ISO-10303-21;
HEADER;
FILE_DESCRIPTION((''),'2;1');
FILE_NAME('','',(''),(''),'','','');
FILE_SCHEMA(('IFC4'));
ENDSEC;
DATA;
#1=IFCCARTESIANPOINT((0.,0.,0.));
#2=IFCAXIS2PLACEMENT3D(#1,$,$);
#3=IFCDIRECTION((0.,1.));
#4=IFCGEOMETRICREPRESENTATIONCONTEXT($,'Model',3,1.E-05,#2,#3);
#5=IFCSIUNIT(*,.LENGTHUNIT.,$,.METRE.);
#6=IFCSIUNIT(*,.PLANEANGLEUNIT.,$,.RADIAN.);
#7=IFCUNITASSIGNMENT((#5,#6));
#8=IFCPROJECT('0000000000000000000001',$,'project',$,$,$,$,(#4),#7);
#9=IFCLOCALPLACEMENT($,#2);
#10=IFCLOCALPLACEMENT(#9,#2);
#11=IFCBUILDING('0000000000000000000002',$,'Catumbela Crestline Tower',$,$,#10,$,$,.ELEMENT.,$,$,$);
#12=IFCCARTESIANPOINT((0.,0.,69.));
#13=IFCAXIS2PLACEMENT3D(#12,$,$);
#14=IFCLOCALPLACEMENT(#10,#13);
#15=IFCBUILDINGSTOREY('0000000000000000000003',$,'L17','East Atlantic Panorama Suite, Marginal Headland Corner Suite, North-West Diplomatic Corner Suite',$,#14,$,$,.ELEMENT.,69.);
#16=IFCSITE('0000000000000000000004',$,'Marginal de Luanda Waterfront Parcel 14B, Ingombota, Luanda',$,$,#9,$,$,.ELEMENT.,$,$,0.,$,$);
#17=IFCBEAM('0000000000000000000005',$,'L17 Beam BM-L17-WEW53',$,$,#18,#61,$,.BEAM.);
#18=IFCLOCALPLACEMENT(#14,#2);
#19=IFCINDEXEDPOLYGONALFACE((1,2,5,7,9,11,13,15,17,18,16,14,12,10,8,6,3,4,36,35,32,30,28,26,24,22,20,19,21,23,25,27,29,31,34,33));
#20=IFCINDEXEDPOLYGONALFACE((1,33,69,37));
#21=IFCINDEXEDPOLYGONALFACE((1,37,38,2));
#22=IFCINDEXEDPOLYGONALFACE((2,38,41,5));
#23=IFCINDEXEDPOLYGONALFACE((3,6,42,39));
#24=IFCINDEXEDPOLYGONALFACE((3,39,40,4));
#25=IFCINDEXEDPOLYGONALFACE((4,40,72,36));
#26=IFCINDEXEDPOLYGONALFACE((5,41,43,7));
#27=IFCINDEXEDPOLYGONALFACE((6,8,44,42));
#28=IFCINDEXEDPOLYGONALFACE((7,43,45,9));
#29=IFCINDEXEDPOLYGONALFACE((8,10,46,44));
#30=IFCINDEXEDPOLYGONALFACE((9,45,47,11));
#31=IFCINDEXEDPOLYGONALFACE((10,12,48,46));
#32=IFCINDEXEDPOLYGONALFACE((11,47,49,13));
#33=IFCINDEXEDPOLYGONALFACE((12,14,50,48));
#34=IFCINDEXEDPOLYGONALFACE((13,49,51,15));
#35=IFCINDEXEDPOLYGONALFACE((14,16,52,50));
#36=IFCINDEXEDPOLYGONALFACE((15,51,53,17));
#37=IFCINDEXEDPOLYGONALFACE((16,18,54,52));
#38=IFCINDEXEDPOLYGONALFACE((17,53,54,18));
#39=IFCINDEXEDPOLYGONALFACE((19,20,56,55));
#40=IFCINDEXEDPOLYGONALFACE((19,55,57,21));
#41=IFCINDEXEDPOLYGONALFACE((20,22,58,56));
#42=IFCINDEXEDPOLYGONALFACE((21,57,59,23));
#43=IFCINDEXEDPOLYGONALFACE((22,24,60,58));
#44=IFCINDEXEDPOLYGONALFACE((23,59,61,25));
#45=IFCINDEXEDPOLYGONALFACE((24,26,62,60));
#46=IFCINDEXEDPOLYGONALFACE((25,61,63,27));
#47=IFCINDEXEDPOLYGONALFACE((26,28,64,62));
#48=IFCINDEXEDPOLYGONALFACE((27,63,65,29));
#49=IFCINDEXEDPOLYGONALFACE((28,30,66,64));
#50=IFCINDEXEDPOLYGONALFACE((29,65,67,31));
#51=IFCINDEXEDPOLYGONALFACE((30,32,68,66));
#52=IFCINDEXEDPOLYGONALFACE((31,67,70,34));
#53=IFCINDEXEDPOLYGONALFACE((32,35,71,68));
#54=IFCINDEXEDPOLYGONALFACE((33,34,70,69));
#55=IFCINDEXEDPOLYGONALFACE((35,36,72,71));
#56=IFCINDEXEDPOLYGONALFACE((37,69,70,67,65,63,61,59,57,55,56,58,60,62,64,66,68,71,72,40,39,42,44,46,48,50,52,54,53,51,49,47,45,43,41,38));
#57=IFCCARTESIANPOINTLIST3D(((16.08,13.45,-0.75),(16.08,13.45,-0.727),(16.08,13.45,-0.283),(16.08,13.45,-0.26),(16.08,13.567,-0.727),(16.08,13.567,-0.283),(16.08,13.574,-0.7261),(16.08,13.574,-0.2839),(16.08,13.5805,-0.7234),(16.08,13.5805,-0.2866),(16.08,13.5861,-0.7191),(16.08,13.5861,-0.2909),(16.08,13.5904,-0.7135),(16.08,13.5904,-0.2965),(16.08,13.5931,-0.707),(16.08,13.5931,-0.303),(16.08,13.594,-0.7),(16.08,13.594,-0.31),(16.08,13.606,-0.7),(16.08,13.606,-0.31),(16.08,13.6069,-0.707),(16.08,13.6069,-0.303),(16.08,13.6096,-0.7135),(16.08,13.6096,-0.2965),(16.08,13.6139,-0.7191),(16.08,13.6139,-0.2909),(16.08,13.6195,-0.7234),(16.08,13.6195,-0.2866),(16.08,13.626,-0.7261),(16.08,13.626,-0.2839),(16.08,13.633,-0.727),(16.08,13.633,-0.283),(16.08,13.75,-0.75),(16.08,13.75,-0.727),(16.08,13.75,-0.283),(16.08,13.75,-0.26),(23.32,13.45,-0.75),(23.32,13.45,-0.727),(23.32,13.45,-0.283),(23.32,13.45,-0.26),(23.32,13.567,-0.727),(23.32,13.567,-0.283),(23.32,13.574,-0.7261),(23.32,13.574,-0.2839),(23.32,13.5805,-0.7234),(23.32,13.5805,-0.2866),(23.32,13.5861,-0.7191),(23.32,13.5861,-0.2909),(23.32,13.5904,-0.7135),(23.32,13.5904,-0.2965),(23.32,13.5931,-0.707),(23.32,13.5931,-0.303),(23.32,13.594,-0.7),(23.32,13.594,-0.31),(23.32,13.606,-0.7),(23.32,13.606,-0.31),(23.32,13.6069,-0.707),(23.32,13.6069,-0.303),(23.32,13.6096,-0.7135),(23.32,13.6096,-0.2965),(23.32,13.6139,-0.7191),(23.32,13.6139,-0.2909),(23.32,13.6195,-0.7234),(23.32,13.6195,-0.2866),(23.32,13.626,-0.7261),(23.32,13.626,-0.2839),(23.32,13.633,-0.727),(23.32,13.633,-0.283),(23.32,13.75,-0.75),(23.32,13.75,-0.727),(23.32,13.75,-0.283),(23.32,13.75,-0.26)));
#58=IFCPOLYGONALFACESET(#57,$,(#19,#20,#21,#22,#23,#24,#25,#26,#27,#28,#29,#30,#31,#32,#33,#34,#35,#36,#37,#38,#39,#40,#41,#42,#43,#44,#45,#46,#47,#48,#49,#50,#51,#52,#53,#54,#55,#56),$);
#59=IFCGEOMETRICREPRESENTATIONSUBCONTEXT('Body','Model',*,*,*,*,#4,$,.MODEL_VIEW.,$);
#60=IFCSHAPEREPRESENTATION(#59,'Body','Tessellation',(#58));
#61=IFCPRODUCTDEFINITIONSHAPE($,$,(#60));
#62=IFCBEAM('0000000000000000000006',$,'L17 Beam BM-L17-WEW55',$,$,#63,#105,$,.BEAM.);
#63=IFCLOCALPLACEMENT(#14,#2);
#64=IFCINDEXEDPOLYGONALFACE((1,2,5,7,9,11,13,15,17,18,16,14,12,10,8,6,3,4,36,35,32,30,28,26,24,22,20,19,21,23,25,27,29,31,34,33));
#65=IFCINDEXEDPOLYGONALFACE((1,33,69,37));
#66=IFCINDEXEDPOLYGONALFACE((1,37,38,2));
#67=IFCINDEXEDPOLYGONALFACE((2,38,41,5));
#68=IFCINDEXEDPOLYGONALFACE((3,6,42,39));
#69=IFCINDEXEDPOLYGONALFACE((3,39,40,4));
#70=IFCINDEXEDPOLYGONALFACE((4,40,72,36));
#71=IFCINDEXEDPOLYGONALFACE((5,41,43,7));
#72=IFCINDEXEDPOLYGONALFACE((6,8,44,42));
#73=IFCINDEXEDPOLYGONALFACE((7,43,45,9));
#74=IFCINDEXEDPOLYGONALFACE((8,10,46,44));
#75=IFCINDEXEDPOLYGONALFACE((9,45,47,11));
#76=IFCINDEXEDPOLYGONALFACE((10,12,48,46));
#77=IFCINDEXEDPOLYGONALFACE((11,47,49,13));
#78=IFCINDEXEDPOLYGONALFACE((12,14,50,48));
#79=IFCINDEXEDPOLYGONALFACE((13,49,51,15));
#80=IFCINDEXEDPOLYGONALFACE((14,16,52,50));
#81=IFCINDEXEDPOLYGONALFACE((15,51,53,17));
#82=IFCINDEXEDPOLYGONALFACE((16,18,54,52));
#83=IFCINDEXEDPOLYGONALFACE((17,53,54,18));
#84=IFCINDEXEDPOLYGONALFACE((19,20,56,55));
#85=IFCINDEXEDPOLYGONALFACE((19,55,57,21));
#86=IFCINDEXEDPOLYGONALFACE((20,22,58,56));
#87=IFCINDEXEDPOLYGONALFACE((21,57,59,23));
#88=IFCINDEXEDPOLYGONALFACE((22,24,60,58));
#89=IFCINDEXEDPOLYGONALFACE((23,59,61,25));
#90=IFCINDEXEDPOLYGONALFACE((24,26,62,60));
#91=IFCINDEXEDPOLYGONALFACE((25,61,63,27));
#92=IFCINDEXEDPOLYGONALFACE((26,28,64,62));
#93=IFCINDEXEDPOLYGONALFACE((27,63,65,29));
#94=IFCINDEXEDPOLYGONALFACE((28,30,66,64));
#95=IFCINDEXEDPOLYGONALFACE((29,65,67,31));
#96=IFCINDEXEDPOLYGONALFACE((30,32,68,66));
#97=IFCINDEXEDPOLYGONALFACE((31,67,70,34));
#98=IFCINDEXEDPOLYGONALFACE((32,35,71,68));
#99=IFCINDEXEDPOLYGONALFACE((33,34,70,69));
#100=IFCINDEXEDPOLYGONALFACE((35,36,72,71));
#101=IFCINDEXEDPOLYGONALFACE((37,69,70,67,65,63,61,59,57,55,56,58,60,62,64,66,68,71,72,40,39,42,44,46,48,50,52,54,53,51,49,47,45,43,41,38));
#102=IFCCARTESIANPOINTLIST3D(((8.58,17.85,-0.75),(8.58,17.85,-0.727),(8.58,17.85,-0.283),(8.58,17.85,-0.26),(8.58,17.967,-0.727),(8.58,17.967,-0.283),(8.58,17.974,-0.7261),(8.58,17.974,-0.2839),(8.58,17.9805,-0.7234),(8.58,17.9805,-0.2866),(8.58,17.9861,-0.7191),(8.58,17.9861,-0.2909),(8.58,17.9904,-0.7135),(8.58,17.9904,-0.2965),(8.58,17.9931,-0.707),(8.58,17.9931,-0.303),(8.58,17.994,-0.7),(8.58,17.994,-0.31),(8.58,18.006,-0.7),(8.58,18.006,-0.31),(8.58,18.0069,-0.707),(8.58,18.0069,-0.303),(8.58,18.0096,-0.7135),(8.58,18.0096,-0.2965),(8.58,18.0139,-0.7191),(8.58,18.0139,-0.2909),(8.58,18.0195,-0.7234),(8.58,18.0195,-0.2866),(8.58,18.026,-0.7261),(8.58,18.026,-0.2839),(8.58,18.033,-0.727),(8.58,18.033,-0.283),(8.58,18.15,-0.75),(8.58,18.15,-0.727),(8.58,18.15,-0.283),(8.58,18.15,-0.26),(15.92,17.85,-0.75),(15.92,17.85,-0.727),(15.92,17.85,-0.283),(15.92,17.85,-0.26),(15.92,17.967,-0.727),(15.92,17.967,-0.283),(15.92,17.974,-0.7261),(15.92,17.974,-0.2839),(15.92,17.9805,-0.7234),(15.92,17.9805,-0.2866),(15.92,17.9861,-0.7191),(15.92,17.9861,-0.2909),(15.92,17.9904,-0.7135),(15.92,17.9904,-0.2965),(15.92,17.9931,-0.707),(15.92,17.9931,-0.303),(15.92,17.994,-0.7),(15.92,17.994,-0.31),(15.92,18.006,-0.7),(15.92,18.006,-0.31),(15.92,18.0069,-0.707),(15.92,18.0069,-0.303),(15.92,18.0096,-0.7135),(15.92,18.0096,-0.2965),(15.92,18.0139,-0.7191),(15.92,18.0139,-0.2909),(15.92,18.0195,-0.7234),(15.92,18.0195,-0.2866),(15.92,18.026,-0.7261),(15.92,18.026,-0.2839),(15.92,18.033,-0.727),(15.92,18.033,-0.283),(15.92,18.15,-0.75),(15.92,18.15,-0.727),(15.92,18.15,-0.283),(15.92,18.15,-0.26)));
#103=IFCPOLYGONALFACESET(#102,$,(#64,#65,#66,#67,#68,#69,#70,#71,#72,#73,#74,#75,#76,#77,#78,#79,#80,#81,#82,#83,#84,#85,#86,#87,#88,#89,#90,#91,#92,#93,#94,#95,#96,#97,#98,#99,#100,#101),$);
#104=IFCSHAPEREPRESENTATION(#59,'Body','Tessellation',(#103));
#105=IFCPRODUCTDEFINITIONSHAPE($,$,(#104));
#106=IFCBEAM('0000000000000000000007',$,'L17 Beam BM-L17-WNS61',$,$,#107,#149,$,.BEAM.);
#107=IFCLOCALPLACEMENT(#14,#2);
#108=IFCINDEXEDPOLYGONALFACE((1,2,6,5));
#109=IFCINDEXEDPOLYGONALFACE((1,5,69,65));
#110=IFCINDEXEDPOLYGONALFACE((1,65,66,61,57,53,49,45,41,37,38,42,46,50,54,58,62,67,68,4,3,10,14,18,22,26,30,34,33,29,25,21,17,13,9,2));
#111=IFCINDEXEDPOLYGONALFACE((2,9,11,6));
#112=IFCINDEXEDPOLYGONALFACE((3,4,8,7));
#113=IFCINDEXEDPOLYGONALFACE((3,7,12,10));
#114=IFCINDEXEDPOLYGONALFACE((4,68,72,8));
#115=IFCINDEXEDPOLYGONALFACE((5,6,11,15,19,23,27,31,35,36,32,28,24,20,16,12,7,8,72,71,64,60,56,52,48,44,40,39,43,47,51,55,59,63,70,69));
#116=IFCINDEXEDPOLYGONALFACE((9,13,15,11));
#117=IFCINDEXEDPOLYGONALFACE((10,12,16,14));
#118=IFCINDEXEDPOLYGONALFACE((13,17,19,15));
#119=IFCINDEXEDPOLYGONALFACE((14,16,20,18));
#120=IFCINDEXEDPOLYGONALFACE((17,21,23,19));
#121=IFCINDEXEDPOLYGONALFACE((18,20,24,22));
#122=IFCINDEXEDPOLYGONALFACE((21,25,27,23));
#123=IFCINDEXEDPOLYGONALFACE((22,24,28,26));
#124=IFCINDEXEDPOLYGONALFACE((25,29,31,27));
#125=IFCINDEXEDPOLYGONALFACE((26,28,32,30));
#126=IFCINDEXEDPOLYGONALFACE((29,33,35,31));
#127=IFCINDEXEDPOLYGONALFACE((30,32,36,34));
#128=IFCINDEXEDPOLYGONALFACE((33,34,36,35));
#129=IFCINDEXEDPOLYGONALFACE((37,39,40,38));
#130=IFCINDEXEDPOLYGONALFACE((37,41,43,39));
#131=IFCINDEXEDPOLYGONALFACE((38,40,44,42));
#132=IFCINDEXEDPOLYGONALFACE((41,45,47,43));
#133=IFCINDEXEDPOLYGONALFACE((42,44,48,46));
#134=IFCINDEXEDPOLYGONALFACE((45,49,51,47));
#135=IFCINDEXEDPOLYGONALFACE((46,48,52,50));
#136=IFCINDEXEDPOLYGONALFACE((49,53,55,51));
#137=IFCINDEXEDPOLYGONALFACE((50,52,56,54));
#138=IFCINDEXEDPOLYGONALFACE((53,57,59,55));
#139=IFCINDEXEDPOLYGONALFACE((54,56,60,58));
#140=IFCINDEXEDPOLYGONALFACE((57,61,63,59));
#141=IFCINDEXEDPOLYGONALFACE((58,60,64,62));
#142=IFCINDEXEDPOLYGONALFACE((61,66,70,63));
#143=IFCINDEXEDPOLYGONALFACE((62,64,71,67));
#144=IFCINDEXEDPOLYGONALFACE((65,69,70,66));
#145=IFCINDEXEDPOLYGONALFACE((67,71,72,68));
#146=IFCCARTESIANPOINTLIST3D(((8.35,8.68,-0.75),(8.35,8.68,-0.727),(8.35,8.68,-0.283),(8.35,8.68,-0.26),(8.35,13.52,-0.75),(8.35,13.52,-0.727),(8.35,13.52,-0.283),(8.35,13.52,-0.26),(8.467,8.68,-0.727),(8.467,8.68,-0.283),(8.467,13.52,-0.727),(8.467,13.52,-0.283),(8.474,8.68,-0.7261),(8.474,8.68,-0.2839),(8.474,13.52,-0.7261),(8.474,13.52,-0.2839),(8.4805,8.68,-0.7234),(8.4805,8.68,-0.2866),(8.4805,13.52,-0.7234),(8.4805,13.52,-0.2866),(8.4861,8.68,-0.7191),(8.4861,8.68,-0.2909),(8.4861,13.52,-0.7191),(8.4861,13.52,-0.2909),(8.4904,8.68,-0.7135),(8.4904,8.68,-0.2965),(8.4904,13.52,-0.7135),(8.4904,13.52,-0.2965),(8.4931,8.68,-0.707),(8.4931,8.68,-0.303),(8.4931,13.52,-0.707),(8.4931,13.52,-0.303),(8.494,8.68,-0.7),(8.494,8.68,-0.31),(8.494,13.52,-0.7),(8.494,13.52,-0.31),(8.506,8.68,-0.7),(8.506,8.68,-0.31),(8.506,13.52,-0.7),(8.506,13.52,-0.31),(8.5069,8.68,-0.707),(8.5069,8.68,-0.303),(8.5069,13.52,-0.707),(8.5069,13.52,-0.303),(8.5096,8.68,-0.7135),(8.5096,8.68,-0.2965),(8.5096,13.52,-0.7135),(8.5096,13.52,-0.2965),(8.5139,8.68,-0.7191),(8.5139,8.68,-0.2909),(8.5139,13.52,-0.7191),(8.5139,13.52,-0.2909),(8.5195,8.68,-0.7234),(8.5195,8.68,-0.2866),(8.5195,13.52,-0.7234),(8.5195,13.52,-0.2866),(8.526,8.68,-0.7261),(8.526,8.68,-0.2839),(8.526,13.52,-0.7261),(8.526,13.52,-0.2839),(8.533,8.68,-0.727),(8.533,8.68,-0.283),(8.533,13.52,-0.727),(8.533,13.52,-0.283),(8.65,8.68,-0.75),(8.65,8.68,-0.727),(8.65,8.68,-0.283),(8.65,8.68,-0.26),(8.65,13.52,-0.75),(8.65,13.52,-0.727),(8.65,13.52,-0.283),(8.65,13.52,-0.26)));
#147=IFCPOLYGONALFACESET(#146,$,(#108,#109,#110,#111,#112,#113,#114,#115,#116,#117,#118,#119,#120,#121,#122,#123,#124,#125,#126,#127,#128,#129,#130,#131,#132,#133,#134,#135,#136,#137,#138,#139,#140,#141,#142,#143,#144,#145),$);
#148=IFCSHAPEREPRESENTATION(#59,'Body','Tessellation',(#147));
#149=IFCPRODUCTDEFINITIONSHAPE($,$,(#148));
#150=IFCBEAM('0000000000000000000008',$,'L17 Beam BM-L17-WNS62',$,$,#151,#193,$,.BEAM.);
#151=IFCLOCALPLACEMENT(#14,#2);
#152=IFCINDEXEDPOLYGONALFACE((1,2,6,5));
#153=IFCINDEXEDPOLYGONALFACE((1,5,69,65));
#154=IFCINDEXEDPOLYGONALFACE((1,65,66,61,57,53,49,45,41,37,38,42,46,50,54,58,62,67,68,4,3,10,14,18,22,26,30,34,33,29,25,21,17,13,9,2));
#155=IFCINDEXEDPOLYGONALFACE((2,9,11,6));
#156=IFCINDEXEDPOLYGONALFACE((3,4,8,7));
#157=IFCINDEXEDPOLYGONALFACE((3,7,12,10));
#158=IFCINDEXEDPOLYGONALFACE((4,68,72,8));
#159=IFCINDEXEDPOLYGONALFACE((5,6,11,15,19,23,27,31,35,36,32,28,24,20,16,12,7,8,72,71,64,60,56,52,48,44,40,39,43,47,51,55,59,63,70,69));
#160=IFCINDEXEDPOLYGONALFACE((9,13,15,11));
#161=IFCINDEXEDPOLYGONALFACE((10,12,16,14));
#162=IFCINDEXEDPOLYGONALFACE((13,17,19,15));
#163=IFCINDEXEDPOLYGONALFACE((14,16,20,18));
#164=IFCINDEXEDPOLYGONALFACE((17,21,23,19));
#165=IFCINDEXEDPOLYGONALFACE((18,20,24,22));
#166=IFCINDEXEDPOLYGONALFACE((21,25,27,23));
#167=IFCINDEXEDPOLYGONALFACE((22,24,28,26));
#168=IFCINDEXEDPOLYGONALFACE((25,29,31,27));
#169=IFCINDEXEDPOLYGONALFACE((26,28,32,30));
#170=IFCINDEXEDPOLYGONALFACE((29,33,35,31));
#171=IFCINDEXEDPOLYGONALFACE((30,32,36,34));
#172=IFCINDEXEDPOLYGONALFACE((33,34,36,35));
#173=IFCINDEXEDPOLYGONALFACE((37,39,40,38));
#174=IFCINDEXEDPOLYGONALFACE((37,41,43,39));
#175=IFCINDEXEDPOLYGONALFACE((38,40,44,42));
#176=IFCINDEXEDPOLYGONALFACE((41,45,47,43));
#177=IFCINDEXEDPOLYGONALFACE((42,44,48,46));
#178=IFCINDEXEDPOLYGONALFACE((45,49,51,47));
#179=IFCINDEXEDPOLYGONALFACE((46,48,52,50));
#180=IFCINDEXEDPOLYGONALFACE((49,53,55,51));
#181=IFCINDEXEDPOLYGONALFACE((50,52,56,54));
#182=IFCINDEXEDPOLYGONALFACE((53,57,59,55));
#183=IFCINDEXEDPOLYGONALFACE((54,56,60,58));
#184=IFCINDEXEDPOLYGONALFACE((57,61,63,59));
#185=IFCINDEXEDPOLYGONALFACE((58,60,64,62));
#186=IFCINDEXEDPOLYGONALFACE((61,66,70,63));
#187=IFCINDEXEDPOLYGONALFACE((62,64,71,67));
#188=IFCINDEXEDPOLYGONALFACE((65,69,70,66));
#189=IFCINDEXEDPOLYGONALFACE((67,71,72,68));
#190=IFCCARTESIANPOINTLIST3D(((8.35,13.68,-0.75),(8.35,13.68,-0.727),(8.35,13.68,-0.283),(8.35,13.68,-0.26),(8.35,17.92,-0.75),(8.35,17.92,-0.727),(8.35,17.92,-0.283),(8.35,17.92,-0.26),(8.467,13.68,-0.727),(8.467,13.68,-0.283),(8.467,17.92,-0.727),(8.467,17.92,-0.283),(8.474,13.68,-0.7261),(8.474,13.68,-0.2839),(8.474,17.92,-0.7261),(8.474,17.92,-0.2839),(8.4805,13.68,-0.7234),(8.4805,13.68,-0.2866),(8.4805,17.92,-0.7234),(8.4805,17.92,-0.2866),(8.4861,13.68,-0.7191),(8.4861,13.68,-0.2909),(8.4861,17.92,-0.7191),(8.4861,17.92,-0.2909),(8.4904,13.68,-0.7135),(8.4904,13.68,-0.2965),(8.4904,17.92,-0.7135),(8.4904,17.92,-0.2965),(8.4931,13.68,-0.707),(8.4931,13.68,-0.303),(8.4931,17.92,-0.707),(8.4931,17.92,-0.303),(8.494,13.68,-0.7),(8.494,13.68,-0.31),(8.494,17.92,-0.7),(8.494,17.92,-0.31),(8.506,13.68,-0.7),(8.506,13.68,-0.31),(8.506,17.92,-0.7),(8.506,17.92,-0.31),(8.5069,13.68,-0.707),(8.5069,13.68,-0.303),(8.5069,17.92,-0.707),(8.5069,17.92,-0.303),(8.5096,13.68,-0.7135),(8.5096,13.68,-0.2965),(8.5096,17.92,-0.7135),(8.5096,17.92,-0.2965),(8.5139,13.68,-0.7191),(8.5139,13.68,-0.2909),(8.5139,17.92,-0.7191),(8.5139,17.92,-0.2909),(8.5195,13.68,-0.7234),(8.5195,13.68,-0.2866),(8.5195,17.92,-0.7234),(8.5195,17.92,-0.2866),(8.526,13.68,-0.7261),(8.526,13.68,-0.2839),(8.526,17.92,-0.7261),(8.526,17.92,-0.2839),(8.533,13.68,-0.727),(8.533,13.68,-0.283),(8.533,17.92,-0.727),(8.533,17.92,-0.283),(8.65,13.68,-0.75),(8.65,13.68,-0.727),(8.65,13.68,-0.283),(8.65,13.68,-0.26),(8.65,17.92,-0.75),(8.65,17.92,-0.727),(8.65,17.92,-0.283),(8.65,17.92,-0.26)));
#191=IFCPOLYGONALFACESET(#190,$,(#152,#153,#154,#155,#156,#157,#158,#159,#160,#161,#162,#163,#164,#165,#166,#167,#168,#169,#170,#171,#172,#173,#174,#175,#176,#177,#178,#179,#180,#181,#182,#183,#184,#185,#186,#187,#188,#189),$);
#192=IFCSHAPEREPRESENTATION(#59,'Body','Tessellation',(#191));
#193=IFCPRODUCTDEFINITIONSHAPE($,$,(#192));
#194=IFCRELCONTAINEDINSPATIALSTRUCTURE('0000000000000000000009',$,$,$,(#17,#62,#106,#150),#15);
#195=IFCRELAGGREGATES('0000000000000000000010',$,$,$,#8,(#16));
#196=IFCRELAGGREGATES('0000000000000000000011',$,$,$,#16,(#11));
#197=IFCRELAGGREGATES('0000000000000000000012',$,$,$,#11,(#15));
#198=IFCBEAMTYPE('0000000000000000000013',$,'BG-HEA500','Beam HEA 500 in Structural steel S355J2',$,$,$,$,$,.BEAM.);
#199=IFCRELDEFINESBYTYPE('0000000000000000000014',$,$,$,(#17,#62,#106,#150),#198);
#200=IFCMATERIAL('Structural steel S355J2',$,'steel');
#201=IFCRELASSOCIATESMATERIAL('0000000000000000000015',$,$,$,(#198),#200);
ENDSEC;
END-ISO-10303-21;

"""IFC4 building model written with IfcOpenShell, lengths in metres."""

from ifc_helpers import new_model, si_unit, direction, frame, origin, origin_2d, place, context, subcontext, project, spatial, i_section, extrude, material, material_profile, profile_set, type_object, element, save


model = new_model("IFC4")

# Units and contexts
model_context = context("Model", 3, precision=1e-05, world=origin(), true_north=direction((0.0, 1.0)))
body_context = subcontext(model_context, "Body", "Model", "MODEL_VIEW")
ifc_project = project(units=[si_unit("LENGTHUNIT", "METRE"), si_unit("PLANEANGLEUNIT", "RADIAN")], contexts=[model_context])

# Site, building, storey
site_placement = place(None, origin())
site = spatial("IfcSite", under=ifc_project, at=site_placement, Name="Marginal de Luanda Waterfront Parcel 14B, Ingombota, Luanda", CompositionType="ELEMENT", RefElevation=0.0)
building_placement = place(site_placement, origin())
building = spatial("IfcBuilding", under=site, at=building_placement, Name="Catumbela Crestline Tower", CompositionType="ELEMENT")
storey_placement = place(building_placement, frame((0.0, 0.0, 69.0)))
storey = spatial("IfcBuildingStorey", under=building, at=storey_placement, Name="L17", Description="East Atlantic Panorama Suite, Marginal Headland Corner Suite, North-West Diplomatic Corner Suite", CompositionType="ELEMENT", Elevation=69.0)

# Beams
ifc_material_1 = material(Name="Structural steel S355J2", Category="steel")
ifc_material_profile_1 = material_profile(ifc_material_1, i_section(OverallWidth=0.3, OverallDepth=0.49, WebThickness=0.012, FlangeThickness=0.023, FilletRadius=0.027, at=origin_2d()), Name="HEA 500")
ifc_profile_set_1 = profile_set([ifc_material_profile_1], Name="Structural steel S355J2")
beam_type_1 = type_object("IfcBeamType", Name="BG-HEA500", Description="Beam HEA 500 in Structural steel S355J2", PredefinedType="BEAM", material=ifc_profile_set_1)
beam_1_placement = place(storey_placement, frame((16.08, 13.6, -0.505), z_axis=(1.0, 0.0, 0.0), x_axis=(0.0, 1.0, 0.0)))
element("IfcBeam", 1, at=beam_1_placement, inside=storey, type_object=beam_type_1, Name="L17 Beam BM-L17-WEW53", PredefinedType="BEAM", context=body_context, shape_type="SweptSolid", body=[
    extrude(i_section(OverallWidth=0.3, OverallDepth=0.49, WebThickness=0.012, FlangeThickness=0.023, FilletRadius=0.027, at=origin_2d()), origin(), (0.0, 0.0, 1.0), 7.24),
])
beam_2_placement = place(storey_placement, frame((8.58, 18.0, -0.505), z_axis=(1.0, 0.0, 0.0), x_axis=(0.0, 1.0, 0.0)))
element("IfcBeam", 2, at=beam_2_placement, inside=storey, type_object=beam_type_1, Name="L17 Beam BM-L17-WEW55", PredefinedType="BEAM", context=body_context, shape_type="SweptSolid", body=[
    extrude(i_section(OverallWidth=0.3, OverallDepth=0.49, WebThickness=0.012, FlangeThickness=0.023, FilletRadius=0.027, at=origin_2d()), origin(), (0.0, 0.0, 1.0), 7.34),
])
beam_3_placement = place(storey_placement, frame((8.5, 8.68, -0.505), z_axis=(0.0, 1.0, 0.0), x_axis=(-1.0, 0.0, 0.0)))
element("IfcBeam", 3, at=beam_3_placement, inside=storey, type_object=beam_type_1, Name="L17 Beam BM-L17-WNS61", PredefinedType="BEAM", context=body_context, shape_type="SweptSolid", body=[
    extrude(i_section(OverallWidth=0.3, OverallDepth=0.49, WebThickness=0.012, FlangeThickness=0.023, FilletRadius=0.027, at=origin_2d()), origin(), (0.0, 0.0, 1.0), 4.84),
])
beam_4_placement = place(storey_placement, frame((8.5, 13.68, -0.505), z_axis=(0.0, 1.0, 0.0), x_axis=(-1.0, 0.0, 0.0)))
element("IfcBeam", 4, at=beam_4_placement, inside=storey, type_object=beam_type_1, Name="L17 Beam BM-L17-WNS62", PredefinedType="BEAM", context=body_context, shape_type="SweptSolid", body=[
    extrude(i_section(OverallWidth=0.3, OverallDepth=0.49, WebThickness=0.012, FlangeThickness=0.023, FilletRadius=0.027, at=origin_2d()), origin(), (0.0, 0.0, 1.0), 4.24),
])

save(model, "model.ifc")
